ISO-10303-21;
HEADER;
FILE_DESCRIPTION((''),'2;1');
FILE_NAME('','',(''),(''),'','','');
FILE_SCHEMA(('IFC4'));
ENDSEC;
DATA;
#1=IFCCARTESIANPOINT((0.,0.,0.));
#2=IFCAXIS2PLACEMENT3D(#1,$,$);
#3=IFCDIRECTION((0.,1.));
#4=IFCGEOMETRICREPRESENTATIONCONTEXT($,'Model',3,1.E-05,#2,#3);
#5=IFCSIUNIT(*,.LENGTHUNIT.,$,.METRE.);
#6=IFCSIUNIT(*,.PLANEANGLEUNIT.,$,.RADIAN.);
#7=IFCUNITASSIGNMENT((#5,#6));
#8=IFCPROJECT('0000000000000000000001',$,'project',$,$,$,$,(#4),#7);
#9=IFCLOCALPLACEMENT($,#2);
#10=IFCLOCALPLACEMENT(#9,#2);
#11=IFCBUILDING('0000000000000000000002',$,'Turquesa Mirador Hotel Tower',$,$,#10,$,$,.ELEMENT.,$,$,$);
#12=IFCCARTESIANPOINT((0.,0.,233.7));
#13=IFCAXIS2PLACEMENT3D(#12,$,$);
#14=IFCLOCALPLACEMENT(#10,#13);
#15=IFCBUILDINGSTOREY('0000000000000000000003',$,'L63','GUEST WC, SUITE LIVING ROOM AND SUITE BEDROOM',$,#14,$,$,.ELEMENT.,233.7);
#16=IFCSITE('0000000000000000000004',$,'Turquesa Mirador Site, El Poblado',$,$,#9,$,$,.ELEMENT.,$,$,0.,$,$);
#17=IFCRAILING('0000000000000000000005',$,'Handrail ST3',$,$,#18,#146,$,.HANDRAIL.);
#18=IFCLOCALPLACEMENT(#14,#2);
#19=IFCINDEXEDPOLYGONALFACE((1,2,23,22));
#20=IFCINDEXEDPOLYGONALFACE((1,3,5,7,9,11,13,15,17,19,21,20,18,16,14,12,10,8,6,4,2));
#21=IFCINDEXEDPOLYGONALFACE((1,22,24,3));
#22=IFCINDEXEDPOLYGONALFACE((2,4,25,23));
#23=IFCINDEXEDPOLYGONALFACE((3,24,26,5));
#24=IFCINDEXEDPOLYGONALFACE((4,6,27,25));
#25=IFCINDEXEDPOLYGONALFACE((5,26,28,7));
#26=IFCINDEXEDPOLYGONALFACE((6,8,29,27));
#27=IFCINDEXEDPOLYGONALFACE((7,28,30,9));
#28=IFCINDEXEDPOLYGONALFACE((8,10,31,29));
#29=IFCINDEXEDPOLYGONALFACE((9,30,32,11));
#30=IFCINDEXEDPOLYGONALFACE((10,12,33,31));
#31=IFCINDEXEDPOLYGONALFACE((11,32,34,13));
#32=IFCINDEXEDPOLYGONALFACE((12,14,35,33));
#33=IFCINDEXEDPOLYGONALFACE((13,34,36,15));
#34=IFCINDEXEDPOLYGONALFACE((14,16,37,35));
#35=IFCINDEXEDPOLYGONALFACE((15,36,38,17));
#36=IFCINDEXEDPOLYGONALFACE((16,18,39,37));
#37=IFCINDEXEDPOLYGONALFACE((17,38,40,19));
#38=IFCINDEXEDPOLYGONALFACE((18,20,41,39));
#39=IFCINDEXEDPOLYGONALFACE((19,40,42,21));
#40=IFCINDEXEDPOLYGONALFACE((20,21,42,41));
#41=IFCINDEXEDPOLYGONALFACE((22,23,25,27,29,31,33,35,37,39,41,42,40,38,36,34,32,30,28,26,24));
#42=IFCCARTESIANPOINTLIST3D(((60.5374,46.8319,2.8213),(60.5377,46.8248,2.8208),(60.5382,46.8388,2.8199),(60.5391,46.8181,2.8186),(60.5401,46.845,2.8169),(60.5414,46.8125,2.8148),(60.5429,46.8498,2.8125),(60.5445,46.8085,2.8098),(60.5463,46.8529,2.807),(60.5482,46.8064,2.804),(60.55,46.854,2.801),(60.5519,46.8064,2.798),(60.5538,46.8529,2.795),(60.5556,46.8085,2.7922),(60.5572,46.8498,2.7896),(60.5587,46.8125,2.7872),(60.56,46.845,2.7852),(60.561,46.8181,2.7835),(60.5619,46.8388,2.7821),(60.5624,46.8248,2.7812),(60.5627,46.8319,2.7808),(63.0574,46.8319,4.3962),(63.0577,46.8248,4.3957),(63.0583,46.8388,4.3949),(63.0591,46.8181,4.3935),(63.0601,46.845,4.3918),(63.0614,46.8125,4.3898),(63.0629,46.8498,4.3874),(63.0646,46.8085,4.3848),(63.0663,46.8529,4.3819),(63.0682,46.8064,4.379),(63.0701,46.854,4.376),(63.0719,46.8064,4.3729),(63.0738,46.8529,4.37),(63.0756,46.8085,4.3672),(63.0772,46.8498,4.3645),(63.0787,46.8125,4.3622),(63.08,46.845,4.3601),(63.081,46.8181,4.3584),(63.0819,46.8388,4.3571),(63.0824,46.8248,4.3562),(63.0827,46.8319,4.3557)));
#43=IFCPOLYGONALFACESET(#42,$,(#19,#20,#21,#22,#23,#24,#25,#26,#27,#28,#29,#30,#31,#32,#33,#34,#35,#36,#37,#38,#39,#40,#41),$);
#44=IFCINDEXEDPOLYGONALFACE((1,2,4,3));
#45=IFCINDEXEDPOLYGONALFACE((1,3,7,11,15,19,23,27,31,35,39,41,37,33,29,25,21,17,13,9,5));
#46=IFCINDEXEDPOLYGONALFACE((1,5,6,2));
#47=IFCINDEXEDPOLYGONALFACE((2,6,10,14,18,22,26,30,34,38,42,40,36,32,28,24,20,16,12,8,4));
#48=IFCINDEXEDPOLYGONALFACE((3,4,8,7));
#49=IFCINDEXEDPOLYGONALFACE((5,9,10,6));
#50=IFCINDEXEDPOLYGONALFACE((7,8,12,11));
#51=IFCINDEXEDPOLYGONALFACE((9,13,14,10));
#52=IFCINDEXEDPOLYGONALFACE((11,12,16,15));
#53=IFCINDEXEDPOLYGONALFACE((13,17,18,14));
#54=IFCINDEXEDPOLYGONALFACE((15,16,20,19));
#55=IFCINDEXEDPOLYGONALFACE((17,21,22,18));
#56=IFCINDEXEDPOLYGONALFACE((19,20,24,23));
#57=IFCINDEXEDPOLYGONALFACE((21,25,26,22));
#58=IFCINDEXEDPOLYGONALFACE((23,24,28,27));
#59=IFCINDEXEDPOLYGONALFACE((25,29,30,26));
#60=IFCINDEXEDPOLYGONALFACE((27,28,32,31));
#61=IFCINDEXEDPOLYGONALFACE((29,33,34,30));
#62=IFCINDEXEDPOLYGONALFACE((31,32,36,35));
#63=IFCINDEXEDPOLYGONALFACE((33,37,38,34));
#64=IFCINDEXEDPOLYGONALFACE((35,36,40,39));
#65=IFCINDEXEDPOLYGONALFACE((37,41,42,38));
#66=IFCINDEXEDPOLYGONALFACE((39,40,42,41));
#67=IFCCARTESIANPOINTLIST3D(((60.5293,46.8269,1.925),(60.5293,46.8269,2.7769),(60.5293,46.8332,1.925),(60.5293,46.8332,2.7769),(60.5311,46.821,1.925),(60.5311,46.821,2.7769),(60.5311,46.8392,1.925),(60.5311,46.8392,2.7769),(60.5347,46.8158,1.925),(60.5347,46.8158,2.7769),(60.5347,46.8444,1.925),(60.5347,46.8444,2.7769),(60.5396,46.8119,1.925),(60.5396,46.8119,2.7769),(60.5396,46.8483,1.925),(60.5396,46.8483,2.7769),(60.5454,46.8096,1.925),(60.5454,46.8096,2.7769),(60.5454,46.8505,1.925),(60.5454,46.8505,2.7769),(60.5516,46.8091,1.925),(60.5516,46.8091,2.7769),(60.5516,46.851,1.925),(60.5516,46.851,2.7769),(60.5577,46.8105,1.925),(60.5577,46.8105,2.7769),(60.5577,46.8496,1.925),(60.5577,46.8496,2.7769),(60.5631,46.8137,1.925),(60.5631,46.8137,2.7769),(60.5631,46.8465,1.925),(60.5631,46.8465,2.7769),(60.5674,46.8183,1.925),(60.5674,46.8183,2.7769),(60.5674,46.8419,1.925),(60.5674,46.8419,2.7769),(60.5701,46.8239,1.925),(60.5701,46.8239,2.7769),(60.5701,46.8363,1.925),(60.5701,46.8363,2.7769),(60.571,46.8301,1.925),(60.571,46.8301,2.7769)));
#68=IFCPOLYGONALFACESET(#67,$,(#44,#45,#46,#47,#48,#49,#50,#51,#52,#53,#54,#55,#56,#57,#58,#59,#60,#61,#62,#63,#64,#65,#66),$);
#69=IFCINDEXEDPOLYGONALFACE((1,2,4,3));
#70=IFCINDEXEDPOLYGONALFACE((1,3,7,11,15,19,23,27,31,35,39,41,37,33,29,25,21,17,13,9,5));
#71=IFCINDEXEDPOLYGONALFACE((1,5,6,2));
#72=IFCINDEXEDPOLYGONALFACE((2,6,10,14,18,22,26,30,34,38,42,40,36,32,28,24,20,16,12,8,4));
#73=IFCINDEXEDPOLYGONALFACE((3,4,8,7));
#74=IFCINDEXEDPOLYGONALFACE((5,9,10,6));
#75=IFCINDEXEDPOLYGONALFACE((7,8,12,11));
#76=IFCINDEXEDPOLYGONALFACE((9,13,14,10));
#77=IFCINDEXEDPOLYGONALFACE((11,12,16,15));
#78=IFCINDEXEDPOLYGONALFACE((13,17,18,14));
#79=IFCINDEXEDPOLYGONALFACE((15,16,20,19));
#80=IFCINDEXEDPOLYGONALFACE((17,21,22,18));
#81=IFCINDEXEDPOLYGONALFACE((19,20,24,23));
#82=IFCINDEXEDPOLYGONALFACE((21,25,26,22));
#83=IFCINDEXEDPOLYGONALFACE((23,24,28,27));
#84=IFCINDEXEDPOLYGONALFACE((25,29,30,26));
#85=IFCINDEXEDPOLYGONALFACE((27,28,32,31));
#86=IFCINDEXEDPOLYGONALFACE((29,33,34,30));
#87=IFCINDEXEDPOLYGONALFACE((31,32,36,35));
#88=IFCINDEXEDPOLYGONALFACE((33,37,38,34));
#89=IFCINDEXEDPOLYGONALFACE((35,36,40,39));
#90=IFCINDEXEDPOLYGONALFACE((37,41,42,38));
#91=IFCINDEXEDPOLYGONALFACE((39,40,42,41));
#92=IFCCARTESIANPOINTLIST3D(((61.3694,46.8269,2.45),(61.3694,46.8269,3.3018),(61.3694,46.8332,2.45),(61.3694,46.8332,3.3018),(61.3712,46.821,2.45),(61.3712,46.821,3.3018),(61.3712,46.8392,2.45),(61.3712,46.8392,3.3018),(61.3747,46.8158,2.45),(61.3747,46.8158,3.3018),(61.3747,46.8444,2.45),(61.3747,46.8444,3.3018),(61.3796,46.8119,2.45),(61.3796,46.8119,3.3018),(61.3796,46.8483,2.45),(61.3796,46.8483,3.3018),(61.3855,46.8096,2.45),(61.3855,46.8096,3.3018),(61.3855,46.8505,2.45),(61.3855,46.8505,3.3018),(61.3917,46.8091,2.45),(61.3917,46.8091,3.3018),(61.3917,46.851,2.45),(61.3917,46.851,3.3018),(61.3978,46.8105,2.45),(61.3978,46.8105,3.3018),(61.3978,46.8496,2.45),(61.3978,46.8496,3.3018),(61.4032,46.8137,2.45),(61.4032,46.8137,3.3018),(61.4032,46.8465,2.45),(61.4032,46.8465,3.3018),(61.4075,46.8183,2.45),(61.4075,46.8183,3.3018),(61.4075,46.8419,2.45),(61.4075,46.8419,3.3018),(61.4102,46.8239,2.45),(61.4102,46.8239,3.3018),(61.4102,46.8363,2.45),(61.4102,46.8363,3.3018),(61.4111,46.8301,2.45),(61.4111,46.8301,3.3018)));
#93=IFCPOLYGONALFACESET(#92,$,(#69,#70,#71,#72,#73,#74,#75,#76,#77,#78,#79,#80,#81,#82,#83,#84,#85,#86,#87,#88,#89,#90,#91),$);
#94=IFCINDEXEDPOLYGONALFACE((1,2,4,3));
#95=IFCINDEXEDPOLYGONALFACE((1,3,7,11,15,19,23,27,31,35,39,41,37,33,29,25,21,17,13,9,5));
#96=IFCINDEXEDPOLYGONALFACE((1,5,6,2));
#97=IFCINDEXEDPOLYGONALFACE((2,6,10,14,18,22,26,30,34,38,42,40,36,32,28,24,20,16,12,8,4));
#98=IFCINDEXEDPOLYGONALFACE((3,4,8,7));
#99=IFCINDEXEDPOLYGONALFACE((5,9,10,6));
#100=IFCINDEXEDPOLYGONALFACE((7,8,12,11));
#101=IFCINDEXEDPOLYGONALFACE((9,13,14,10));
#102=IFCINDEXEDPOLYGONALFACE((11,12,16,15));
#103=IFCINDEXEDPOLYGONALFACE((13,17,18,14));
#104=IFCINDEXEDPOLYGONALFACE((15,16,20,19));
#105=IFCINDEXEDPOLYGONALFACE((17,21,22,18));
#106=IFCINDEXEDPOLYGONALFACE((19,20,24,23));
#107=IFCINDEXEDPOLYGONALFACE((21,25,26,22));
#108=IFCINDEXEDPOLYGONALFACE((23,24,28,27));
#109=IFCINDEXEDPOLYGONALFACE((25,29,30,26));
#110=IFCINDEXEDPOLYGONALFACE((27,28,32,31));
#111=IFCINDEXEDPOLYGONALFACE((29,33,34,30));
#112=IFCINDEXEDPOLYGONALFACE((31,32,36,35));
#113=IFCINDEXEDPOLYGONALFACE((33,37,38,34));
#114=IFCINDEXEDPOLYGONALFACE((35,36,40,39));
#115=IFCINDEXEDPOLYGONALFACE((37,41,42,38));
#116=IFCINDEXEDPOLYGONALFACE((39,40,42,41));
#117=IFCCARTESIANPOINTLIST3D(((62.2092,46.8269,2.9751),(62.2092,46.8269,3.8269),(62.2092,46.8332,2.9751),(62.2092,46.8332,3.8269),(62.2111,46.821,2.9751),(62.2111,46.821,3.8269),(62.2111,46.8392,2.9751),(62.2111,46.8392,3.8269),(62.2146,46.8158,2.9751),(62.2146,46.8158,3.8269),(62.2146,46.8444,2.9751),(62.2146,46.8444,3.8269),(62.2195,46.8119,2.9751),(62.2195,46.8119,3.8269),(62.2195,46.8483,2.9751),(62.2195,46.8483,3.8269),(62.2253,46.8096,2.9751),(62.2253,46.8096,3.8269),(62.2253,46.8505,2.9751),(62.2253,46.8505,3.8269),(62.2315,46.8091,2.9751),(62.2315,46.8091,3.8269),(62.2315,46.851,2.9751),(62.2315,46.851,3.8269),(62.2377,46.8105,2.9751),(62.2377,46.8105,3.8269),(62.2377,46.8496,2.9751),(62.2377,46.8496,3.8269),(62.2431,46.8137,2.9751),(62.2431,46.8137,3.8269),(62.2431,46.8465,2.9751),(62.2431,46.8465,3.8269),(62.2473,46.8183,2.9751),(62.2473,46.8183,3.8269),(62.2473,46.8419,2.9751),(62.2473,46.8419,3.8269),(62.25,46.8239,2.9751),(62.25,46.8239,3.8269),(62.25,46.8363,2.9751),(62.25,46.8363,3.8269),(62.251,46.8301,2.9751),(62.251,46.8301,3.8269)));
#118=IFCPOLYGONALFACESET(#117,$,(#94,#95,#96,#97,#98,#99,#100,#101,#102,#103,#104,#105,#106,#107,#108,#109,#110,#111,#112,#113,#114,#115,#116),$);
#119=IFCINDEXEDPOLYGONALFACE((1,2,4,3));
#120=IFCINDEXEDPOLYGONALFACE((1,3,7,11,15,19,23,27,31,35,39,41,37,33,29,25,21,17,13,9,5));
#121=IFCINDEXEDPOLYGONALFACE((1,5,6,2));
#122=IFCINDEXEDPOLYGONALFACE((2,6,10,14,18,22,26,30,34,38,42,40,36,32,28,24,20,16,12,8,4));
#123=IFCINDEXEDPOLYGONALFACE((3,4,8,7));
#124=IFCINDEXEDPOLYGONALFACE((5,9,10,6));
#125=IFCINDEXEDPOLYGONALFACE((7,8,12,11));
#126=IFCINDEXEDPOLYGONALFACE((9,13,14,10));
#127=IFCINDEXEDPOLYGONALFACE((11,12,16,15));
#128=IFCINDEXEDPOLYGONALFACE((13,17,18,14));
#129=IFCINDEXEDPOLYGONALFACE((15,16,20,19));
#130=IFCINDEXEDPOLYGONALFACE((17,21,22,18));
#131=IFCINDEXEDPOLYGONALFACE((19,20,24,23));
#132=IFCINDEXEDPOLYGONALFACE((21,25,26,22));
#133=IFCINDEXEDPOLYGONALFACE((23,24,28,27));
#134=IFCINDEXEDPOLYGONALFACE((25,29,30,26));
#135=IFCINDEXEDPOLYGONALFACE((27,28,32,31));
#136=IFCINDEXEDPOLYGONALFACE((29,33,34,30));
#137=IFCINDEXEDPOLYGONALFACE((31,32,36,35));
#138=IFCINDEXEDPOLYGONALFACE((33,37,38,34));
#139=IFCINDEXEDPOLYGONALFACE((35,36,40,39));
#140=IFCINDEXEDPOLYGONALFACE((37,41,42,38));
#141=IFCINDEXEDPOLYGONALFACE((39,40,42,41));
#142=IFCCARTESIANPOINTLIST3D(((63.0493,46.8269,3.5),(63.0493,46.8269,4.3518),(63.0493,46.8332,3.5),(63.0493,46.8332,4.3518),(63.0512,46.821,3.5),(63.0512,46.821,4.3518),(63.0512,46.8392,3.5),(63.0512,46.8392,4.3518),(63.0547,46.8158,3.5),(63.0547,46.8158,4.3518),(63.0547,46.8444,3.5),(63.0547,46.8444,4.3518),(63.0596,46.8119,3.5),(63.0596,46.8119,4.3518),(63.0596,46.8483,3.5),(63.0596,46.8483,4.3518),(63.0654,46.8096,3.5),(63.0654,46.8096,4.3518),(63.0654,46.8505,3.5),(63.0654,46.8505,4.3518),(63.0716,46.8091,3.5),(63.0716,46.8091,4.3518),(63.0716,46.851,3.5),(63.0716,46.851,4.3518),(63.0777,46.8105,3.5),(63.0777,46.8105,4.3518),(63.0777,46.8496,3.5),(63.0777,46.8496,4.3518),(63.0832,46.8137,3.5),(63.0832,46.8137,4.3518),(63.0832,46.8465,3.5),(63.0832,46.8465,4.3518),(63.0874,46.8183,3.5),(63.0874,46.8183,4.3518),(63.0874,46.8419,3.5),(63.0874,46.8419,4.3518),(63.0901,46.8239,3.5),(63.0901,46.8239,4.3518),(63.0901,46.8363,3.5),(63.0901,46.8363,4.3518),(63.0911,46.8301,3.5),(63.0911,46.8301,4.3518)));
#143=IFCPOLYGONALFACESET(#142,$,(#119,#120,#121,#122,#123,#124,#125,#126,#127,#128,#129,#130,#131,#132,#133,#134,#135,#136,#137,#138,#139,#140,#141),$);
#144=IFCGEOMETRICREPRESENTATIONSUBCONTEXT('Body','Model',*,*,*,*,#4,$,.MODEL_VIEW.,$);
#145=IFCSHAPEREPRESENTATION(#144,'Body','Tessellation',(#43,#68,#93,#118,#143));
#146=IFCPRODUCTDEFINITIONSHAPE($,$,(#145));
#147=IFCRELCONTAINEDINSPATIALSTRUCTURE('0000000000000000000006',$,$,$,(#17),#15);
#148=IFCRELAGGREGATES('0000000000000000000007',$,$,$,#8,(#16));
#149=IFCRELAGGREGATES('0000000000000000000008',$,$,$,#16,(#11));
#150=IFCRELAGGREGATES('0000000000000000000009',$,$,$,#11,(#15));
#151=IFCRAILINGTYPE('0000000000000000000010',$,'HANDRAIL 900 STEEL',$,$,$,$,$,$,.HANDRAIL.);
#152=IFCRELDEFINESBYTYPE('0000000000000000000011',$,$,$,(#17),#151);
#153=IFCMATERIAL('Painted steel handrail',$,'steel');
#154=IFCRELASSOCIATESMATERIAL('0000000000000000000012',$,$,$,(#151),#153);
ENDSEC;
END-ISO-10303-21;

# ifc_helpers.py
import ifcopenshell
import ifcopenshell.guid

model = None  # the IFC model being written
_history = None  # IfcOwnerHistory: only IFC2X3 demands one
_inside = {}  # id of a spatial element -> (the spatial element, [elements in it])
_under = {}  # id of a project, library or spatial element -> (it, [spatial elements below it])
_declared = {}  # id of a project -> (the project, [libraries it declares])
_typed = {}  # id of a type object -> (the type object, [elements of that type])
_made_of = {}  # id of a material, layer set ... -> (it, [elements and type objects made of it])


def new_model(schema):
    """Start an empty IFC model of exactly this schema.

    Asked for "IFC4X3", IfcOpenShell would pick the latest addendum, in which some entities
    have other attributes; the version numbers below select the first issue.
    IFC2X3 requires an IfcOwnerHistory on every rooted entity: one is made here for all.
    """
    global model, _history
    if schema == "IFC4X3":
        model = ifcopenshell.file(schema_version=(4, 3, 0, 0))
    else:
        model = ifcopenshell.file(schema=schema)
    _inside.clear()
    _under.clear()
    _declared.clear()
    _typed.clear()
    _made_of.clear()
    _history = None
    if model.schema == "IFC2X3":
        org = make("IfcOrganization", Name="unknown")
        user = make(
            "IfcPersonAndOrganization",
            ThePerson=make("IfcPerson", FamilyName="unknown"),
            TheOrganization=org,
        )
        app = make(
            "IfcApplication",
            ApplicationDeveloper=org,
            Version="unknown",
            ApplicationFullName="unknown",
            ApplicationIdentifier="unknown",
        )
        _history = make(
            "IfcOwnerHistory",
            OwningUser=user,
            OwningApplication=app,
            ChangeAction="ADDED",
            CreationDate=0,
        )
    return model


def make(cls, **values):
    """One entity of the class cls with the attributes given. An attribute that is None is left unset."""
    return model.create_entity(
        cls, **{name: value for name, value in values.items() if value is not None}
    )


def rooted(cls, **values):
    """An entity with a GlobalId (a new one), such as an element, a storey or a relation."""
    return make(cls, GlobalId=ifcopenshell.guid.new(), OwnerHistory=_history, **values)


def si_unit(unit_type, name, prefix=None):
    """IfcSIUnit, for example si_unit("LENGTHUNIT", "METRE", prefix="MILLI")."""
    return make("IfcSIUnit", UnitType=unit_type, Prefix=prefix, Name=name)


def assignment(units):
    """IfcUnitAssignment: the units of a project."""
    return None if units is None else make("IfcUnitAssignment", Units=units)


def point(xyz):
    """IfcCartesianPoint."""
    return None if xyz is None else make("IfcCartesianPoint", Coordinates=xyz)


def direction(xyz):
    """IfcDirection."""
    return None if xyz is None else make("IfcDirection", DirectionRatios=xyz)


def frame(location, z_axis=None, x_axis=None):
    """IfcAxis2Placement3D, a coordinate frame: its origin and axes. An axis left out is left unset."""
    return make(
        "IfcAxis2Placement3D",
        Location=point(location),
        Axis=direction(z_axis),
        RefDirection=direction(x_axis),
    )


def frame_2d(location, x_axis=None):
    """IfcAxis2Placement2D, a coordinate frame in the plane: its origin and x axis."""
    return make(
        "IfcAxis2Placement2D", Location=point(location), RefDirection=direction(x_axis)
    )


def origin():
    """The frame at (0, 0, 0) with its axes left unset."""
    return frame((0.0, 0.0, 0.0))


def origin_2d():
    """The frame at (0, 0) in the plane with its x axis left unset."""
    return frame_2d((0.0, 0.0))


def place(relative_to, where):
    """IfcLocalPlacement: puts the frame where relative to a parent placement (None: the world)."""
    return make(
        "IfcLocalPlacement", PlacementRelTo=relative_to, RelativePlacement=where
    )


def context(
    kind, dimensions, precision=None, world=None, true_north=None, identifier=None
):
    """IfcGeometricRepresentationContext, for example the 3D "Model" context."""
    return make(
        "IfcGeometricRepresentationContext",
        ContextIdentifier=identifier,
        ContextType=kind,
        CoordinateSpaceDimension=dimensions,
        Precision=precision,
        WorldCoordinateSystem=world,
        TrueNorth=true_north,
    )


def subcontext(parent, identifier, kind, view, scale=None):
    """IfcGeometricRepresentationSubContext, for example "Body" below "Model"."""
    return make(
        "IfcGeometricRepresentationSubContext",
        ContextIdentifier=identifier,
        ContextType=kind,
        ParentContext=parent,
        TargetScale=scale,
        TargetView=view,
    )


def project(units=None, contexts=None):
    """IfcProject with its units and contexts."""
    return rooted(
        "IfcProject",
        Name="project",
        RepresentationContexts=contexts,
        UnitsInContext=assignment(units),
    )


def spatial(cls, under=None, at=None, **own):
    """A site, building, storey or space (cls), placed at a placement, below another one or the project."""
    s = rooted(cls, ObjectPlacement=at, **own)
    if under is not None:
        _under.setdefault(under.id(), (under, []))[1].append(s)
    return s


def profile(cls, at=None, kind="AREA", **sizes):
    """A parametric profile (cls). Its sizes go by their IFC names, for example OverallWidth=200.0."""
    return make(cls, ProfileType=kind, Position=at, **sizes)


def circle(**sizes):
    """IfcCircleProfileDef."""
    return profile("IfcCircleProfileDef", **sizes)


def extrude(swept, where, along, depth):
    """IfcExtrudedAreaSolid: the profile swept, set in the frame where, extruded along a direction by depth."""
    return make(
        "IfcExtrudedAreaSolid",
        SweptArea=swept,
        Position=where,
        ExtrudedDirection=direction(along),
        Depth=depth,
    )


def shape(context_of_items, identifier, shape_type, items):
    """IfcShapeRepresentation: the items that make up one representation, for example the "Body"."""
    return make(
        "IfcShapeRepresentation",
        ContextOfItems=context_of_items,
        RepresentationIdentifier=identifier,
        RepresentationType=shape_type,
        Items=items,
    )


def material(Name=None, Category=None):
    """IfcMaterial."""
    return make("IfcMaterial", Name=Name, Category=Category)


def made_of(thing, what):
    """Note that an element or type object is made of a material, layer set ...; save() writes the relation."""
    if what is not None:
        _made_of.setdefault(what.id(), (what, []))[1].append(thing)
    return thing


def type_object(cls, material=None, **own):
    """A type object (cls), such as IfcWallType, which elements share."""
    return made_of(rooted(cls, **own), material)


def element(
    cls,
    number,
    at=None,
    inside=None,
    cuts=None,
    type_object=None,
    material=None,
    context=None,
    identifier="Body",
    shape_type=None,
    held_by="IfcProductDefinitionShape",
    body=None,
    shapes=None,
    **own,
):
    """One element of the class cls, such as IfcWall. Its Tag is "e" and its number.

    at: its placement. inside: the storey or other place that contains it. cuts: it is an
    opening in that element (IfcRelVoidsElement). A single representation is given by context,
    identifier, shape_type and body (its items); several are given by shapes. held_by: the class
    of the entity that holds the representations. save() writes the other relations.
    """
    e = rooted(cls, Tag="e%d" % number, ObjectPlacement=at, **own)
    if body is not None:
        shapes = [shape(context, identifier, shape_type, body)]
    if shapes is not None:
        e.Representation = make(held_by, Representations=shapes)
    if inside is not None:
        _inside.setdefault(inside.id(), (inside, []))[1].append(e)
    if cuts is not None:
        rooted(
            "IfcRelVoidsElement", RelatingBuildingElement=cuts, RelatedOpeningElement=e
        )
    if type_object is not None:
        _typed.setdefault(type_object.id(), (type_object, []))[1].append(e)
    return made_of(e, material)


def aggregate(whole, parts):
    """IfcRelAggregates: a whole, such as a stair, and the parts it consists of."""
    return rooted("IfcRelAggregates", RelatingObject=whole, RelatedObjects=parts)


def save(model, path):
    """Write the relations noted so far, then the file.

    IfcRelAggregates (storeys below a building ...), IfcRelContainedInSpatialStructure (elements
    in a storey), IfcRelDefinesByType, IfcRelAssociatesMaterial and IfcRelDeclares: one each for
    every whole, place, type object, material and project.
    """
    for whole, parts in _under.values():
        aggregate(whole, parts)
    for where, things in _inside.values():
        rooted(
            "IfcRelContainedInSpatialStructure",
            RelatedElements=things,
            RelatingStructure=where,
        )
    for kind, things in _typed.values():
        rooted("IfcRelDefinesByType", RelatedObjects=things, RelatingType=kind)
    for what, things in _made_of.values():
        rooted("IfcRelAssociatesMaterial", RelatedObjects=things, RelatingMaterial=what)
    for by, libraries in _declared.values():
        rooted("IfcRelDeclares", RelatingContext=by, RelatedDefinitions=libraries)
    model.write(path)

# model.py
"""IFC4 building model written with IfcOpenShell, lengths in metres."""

from ifc_helpers import new_model, si_unit, direction, frame, origin, origin_2d, place, context, subcontext, project, spatial, circle, extrude, material, type_object, element, save


model = new_model("IFC4")

# Units and contexts
model_context = context("Model", 3, precision=1e-05, world=origin(), true_north=direction((0.0, 1.0)))
body_context = subcontext(model_context, "Body", "Model", "MODEL_VIEW")
ifc_project = project(units=[si_unit("LENGTHUNIT", "METRE"), si_unit("PLANEANGLEUNIT", "RADIAN")], contexts=[model_context])

# Site, building, storey
site_placement = place(None, origin())
site = spatial("IfcSite", under=ifc_project, at=site_placement, Name="Turquesa Mirador Site, El Poblado", CompositionType="ELEMENT", RefElevation=0.0)
building_placement = place(site_placement, origin())
building = spatial("IfcBuilding", under=site, at=building_placement, Name="Turquesa Mirador Hotel Tower", CompositionType="ELEMENT")
storey_placement = place(building_placement, frame((0.0, 0.0, 233.7)))
storey = spatial("IfcBuildingStorey", under=building, at=storey_placement, Name="L63", Description="GUEST WC, SUITE LIVING ROOM AND SUITE BEDROOM", CompositionType="ELEMENT", Elevation=233.7)

# Railing
ifc_material_1 = material(Name="Painted steel handrail", Category="steel")
railing_type = type_object("IfcRailingType", Name="HANDRAIL 900 STEEL", PredefinedType="HANDRAIL", material=ifc_material_1)
railing_1_placement = place(storey_placement, frame((60.55, 46.8301, 1.925)))
element("IfcRailing", 1, at=railing_1_placement, inside=storey, type_object=railing_type, Name="Handrail ST3", PredefinedType="HANDRAIL", context=body_context, shape_type="SweptSolid", body=[
    extrude(circle(Radius=0.0239, at=origin_2d()), frame((0.0, 0.0, 0.876), z_axis=(0.848008, 0.0, 0.529984), x_axis=(0.0, 1.0, 0.0)), (0.0, 0.0, 1.0), 2.9717),
    extrude(circle(Radius=0.021, at=origin_2d()), origin(), (0.0, 0.0, 1.0), 0.8518),
    extrude(circle(Radius=0.021, at=origin_2d()), frame((0.8401, 0.0, 0.5249)), (0.0, 0.0, 1.0), 0.8518),
    extrude(circle(Radius=0.021, at=origin_2d()), frame((1.6799, 0.0, 1.05)), (0.0, 0.0, 1.0), 0.8518),
    extrude(circle(Radius=0.021, at=origin_2d()), frame((2.52, 0.0, 1.575)), (0.0, 0.0, 1.0), 0.8518),
])

save(model, "model.ifc")
